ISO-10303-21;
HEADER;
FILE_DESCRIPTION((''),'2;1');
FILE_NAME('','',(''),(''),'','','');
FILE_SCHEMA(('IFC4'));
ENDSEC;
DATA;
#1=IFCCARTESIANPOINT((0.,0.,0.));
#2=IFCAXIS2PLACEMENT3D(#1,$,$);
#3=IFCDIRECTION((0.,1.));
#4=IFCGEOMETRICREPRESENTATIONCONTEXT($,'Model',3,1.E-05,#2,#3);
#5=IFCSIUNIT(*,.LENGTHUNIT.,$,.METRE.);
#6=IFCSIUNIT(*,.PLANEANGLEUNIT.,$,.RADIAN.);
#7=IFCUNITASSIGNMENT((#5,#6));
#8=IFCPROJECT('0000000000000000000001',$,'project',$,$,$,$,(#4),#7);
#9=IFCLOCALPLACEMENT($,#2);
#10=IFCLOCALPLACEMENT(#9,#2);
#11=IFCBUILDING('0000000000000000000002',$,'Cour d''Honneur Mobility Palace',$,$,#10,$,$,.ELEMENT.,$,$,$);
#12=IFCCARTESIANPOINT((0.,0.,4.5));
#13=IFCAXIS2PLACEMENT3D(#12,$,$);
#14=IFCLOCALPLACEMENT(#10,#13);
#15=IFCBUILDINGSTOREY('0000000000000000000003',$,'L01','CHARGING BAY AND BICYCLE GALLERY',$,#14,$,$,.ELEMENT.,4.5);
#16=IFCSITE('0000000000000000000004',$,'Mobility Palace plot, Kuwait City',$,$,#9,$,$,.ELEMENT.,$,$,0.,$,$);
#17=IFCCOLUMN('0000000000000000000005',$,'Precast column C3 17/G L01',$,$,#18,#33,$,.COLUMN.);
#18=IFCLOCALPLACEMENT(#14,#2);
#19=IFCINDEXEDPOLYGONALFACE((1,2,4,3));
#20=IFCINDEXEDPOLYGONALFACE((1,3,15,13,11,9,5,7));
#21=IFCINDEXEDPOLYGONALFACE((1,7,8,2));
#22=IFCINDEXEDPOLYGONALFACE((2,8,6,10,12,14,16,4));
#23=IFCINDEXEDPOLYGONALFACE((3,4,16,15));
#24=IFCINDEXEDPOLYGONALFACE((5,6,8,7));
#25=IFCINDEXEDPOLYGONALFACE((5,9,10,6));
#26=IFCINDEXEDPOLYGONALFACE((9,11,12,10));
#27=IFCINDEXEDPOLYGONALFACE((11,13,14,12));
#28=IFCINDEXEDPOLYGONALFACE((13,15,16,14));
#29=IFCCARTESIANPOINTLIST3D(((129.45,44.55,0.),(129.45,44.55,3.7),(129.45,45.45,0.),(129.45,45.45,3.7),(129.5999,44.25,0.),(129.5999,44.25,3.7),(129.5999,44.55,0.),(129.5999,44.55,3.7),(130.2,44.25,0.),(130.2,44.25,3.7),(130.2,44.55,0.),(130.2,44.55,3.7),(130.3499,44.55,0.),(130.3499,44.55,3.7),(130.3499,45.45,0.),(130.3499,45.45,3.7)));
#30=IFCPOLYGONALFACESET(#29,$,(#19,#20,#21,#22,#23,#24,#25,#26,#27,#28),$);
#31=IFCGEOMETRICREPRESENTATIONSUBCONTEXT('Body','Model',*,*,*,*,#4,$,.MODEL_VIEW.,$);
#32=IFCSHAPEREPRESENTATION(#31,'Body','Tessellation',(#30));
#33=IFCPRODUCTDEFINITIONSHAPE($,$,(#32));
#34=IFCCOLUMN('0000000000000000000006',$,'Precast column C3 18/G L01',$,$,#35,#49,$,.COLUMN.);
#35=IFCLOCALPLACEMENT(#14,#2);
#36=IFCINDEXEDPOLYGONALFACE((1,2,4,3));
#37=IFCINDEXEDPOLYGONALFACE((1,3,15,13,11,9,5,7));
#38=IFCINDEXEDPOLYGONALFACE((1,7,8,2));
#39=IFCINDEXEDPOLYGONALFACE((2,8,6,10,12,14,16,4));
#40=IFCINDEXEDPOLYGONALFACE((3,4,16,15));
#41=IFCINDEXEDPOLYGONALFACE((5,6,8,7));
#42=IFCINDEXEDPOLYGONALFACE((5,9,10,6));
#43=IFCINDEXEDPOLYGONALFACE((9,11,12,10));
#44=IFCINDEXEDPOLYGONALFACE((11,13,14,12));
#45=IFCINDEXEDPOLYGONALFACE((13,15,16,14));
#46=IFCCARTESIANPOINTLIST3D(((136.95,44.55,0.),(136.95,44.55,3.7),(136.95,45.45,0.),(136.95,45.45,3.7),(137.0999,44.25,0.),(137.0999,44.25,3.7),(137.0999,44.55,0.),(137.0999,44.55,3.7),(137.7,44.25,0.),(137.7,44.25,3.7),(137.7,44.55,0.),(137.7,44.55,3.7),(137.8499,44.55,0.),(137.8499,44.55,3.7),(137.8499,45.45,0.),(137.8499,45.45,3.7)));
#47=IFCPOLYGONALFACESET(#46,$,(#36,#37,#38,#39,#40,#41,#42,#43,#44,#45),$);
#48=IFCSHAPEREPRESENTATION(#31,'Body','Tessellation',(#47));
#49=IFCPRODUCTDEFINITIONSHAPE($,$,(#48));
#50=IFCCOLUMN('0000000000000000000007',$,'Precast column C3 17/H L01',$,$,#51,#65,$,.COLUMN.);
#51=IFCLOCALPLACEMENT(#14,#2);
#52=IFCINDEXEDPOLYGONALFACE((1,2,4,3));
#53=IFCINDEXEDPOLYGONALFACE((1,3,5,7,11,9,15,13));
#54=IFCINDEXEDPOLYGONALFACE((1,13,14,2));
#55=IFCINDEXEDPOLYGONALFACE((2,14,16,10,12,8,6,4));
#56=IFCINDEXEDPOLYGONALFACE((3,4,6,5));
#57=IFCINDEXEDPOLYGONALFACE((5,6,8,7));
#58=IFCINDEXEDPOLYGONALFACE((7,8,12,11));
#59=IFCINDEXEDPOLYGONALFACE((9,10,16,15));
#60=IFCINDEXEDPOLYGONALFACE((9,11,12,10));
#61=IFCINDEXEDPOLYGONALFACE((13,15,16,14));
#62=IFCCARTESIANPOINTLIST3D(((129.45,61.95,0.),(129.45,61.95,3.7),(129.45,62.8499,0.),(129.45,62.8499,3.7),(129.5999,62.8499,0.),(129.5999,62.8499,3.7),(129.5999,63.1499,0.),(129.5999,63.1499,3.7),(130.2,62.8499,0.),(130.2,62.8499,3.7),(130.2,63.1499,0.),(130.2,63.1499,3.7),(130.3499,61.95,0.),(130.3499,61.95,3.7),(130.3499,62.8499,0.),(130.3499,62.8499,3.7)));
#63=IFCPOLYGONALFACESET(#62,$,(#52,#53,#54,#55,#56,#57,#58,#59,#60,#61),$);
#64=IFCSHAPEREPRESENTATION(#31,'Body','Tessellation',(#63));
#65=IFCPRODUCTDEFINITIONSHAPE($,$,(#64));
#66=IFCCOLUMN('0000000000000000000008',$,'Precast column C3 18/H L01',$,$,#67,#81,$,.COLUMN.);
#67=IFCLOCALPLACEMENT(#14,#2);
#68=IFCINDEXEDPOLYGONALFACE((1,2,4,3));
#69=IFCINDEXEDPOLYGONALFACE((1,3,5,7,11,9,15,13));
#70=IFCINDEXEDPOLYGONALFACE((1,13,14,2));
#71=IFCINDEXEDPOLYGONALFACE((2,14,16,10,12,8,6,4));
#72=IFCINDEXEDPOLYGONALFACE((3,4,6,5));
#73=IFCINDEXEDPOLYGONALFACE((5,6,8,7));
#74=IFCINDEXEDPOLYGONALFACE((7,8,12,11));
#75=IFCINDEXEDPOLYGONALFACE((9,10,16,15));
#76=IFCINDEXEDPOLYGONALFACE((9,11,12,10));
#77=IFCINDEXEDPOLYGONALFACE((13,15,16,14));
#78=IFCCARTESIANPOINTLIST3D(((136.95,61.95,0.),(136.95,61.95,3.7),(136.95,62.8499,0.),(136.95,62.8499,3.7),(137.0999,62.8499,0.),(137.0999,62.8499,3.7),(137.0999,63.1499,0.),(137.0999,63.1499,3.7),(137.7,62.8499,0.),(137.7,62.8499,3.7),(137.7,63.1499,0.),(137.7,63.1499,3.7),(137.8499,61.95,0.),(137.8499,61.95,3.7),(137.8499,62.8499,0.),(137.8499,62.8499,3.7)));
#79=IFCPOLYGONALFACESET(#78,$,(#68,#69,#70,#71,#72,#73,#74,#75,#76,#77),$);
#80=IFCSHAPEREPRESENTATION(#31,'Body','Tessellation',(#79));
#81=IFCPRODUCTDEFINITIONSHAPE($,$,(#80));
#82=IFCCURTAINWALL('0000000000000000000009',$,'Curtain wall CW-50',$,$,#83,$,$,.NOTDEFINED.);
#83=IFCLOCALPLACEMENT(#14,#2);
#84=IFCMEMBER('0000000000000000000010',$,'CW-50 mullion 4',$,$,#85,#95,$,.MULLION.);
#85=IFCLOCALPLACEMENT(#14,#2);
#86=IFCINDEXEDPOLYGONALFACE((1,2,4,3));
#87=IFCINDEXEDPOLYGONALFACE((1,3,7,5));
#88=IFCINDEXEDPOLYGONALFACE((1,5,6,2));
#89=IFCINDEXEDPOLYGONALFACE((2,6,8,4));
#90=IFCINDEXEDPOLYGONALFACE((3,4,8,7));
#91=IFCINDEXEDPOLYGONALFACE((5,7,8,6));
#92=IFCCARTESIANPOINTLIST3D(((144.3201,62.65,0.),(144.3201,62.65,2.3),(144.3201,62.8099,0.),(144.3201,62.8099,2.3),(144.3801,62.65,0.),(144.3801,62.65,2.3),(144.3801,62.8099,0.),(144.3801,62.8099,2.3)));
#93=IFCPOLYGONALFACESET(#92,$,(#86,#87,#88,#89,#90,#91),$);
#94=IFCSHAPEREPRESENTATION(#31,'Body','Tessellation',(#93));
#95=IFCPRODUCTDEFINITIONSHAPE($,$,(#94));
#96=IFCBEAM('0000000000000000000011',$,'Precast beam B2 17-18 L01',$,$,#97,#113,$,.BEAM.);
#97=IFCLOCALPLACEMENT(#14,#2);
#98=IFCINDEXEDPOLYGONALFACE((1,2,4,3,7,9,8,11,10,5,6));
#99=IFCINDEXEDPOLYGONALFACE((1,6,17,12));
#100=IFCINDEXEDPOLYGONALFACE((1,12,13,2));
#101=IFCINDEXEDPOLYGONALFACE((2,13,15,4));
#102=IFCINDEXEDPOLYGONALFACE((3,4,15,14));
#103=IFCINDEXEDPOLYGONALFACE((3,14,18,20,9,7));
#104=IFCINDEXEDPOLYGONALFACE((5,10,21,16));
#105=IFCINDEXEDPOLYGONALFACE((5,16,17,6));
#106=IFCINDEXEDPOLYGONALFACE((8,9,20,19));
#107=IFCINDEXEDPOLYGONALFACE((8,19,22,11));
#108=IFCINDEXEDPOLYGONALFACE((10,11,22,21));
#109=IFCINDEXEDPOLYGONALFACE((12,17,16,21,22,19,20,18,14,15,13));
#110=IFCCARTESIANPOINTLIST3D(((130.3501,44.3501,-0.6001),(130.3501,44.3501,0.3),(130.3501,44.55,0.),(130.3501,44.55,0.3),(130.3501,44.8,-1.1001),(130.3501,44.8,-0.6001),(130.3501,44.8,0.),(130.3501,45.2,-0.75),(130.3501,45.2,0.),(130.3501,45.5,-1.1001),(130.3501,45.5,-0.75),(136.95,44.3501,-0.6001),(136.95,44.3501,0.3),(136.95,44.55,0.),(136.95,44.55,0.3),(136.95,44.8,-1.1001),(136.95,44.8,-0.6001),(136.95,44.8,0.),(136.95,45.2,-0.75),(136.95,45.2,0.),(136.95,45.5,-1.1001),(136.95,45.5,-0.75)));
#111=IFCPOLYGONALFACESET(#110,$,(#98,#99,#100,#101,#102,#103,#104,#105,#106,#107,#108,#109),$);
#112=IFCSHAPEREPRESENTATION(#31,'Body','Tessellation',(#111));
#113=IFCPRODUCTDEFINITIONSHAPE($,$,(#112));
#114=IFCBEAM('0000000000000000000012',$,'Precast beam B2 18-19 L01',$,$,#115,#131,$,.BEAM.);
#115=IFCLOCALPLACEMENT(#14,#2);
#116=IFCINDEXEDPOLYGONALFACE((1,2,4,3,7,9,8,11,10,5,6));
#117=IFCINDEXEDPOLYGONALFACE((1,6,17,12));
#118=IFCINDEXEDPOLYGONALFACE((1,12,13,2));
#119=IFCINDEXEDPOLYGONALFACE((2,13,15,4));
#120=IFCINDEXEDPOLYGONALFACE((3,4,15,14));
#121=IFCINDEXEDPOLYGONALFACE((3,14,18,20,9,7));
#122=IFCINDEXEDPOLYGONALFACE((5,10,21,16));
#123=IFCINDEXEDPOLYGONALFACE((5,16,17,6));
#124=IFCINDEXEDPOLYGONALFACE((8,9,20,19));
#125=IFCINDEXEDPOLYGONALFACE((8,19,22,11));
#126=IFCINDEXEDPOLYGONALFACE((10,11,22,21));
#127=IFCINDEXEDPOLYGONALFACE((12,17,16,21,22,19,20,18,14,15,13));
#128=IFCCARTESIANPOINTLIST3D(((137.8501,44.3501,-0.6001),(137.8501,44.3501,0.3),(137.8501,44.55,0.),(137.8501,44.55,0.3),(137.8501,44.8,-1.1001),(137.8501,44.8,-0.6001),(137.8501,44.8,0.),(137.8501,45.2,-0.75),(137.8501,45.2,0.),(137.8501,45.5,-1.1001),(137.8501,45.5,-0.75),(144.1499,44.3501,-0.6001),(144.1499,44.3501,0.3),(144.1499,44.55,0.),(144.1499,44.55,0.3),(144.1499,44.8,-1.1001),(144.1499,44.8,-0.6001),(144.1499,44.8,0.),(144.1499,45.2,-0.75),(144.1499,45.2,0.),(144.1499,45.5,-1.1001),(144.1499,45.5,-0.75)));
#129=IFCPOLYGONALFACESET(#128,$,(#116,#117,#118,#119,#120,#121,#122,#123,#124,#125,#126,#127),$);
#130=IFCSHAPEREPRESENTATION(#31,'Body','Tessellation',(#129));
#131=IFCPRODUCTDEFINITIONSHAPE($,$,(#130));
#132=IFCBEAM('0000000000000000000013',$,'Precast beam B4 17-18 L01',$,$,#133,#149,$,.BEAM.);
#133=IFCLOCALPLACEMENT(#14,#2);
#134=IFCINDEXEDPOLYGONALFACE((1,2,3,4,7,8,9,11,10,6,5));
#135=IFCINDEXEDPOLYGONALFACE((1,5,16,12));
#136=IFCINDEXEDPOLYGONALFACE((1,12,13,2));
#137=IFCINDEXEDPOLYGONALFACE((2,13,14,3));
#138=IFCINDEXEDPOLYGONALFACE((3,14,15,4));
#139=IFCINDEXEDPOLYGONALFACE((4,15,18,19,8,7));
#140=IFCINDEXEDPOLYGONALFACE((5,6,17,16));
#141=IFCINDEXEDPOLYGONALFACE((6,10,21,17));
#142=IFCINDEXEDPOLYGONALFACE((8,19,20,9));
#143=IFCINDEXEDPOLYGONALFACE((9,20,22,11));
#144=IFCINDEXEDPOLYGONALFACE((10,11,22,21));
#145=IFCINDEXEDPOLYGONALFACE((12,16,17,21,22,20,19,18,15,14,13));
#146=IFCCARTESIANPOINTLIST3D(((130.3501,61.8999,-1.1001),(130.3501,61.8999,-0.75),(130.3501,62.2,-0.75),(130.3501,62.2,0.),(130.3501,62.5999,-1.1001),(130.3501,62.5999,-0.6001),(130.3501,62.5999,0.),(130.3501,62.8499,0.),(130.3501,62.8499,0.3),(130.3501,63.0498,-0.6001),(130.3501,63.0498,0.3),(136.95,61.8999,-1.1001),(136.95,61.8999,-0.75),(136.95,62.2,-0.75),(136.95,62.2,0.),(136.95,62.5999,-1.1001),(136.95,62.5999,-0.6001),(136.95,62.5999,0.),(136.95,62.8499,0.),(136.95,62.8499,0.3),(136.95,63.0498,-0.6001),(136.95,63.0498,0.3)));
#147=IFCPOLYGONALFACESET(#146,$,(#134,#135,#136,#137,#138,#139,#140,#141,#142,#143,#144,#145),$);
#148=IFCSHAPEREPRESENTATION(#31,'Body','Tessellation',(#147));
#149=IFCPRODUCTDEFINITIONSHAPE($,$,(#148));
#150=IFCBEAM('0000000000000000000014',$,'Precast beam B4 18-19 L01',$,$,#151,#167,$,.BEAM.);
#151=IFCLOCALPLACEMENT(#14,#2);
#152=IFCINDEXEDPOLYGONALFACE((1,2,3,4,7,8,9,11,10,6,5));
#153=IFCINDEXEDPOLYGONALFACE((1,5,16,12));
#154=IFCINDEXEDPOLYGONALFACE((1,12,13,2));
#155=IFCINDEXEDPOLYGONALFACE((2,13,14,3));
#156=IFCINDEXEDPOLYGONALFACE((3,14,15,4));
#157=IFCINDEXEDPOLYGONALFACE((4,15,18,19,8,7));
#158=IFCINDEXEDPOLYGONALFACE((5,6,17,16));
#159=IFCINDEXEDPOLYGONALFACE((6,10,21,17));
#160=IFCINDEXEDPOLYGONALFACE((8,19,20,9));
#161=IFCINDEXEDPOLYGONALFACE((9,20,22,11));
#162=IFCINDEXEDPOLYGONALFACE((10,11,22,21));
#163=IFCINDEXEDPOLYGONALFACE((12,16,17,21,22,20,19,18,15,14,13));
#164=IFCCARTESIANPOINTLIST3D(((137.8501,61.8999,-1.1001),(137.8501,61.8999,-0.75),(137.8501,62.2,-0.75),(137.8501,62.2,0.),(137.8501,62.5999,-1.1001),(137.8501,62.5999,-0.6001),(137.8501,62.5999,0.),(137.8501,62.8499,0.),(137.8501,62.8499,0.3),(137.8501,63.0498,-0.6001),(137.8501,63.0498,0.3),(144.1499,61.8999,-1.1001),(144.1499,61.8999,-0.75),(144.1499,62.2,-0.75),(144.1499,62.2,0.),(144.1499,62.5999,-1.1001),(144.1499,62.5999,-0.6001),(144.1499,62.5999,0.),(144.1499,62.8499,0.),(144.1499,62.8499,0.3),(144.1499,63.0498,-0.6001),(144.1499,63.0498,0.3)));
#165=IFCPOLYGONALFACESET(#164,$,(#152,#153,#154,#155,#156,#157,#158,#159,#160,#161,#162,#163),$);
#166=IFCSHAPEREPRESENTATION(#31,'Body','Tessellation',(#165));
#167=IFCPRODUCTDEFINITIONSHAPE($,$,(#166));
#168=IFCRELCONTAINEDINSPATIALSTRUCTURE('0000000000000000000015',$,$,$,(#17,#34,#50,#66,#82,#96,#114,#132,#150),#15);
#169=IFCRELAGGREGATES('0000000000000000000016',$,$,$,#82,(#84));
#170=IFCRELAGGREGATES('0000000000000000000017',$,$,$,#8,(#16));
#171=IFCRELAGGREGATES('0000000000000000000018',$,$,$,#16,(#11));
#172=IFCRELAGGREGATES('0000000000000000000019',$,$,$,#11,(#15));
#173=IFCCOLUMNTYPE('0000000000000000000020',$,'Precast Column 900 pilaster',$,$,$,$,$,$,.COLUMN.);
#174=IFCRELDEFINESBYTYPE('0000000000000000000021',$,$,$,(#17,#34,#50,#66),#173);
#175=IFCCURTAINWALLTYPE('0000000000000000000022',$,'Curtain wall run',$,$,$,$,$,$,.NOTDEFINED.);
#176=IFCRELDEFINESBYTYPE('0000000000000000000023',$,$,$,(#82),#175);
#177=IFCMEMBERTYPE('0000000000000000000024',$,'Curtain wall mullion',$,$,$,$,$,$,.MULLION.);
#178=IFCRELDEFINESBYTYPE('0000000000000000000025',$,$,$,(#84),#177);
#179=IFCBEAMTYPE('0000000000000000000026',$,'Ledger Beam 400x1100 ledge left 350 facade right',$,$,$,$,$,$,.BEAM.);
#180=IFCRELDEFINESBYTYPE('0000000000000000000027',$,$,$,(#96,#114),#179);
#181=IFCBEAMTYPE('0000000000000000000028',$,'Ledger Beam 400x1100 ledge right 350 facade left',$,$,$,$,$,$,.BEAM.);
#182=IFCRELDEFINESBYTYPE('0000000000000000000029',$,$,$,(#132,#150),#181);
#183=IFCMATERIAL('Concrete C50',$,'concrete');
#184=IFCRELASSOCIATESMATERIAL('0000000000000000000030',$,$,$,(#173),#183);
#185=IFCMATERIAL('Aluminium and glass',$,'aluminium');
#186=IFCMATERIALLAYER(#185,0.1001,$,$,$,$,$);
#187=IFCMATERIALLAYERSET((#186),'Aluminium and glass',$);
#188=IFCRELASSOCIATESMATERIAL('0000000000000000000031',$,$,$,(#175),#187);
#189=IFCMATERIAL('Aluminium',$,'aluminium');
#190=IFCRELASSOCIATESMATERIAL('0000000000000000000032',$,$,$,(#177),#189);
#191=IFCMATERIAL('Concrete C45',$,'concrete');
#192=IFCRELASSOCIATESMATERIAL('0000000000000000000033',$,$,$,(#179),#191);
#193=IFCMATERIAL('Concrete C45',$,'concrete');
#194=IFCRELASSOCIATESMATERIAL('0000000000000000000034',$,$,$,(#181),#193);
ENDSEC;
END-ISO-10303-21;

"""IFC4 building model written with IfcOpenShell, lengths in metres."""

from ifc_helpers import new_model, si_unit, direction, frame, origin, origin_2d, place, context, subcontext, project, spatial, polyline, rectangle, outline, extrude, material, layer, layer_set, material_profile, profile_set, type_object, element, aggregate, save


model = new_model("IFC4")

# Units and contexts
model_context = context("Model", 3, precision=1e-05, world=origin(), true_north=direction((0.0, 1.0)))
body_context = subcontext(model_context, "Body", "Model", "MODEL_VIEW")
ifc_project = project(units=[si_unit("LENGTHUNIT", "METRE"), si_unit("PLANEANGLEUNIT", "RADIAN")], contexts=[model_context])

# Site, building, storey
site_placement = place(None, origin())
site = spatial("IfcSite", under=ifc_project, at=site_placement, Name="Mobility Palace plot, Kuwait City", CompositionType="ELEMENT", RefElevation=0.0)
building_placement = place(site_placement, origin())
building = spatial("IfcBuilding", under=site, at=building_placement, Name="Cour d'Honneur Mobility Palace", CompositionType="ELEMENT")
storey_placement = place(building_placement, frame((0.0, 0.0, 4.5)))
storey = spatial("IfcBuildingStorey", under=building, at=storey_placement, Name="L01", Description="CHARGING BAY AND BICYCLE GALLERY", CompositionType="ELEMENT", Elevation=4.5)

# Columns
ifc_material_1 = material(Name="Concrete C50", Category="concrete")
ifc_material_profile_1 = material_profile(ifc_material_1, outline(polyline([(-0.45, -0.45), (0.45, -0.45), (0.45, -0.3), (0.75, -0.3), (0.75, 0.3), (0.45, 0.3), (0.45, 0.45), (-0.45, 0.45), (-0.45, -0.45)])), Name="PC C900 pilaster")
ifc_profile_set_1 = profile_set([ifc_material_profile_1], Name="Concrete C50")
column_type = type_object("IfcColumnType", Name="Precast Column 900 pilaster", PredefinedType="COLUMN", material=ifc_profile_set_1)
for number, where, z_axis, x_axis, name in (
    (1, (129.8999, 45.0, 0.0), (0.0, 0.0, 1.0), (0.0, -1.0, 0.0), "Precast column C3 17/G L01"),
    (2, (137.3999, 45.0, 0.0), (0.0, 0.0, 1.0), (0.0, -1.0, 0.0), "Precast column C3 18/G L01"),
    (3, (129.8999, 62.3999, 0.0), (0.0, 0.0, 1.0), (0.0, 1.0, 0.0), "Precast column C3 17/H L01"),
    (4, (137.3999, 62.3999, 0.0), (0.0, 0.0, 1.0), (0.0, 1.0, 0.0), "Precast column C3 18/H L01"),
):
    element("IfcColumn", number, at=place(storey_placement, frame(where, z_axis=z_axis, x_axis=x_axis)), inside=storey, type_object=column_type, Name=name, PredefinedType="COLUMN", context=body_context, shape_type="SweptSolid", body=[
        extrude(outline(polyline([(-0.45, -0.45), (0.45, -0.45), (0.45, -0.3), (0.75, -0.3), (0.75, 0.3), (0.45, 0.3), (0.45, 0.45), (-0.45, 0.45), (-0.45, -0.45)])), origin(), (0.0, 0.0, 1.0), 3.7),
    ])

# Curtain wall, member
ifc_material_2 = material(Name="Aluminium and glass", Category="aluminium")
ifc_layer_1 = layer(ifc_material_2, 0.1001)
ifc_layer_set_1 = layer_set([ifc_layer_1], Name="Aluminium and glass")
curtain_wall_type = type_object("IfcCurtainWallType", Name="Curtain wall run", PredefinedType="NOTDEFINED", material=ifc_layer_set_1)
curtain_wall_placement = place(storey_placement, origin())
curtain_wall = element("IfcCurtainWall", 5, at=curtain_wall_placement, inside=storey, type_object=curtain_wall_type, Name="Curtain wall CW-50", PredefinedType="NOTDEFINED")
ifc_material_3 = material(Name="Aluminium", Category="aluminium")
ifc_material_profile_2 = material_profile(ifc_material_3, rectangle(XDim=0.0601, YDim=0.1599, at=origin_2d()), Name="Curtain wall mullion")
ifc_profile_set_2 = profile_set([ifc_material_profile_2], Name="Aluminium")
member_type = type_object("IfcMemberType", Name="Curtain wall mullion", PredefinedType="MULLION", material=ifc_profile_set_2)
member_placement = place(storey_placement, frame((144.3501, 62.73, 0.0), z_axis=(0.0, 0.0, 1.0), x_axis=(1.0, 0.0, 0.0)))
member = element("IfcMember", 6, at=member_placement, type_object=member_type, Name="CW-50 mullion 4", PredefinedType="MULLION", context=body_context, shape_type="SweptSolid", body=[
    extrude(rectangle(XDim=0.0601, YDim=0.1599, at=origin_2d()), origin(), (0.0, 0.0, 1.0), 2.3),
])
aggregate(curtain_wall, [member])

# Beams
ifc_material_4 = material(Name="Concrete C45", Category="concrete")
ifc_material_profile_3 = material_profile(ifc_material_4, outline(polyline([(0.5, -1.1001), (0.5, -0.75), (0.2, -0.75), (0.2, 0.0), (-0.2, 0.0), (-0.45, 0.0), (-0.45, 0.3), (-0.6499, 0.3), (-0.6499, -0.6001), (-0.2, -0.6001), (-0.2, -1.1001), (0.5, -1.1001)])), Name="Ledger Beam 400x1100 ledge left 350 facade right")
ifc_profile_set_3 = profile_set([ifc_material_profile_3], Name="Concrete C45")
beam_type_1 = type_object("IfcBeamType", Name="Ledger Beam 400x1100 ledge left 350 facade right", PredefinedType="BEAM", material=ifc_profile_set_3)
beam_1_placement = place(storey_placement, frame((130.3501, 45.0, 0.0), z_axis=(1.0, 0.0, 0.0), x_axis=(0.0, 1.0, 0.0)))
element("IfcBeam", 7, at=beam_1_placement, inside=storey, type_object=beam_type_1, Name="Precast beam B2 17-18 L01", PredefinedType="BEAM", context=body_context, shape_type="SweptSolid", body=[
    extrude(outline(polyline([(0.5, -1.1001), (0.5, -0.75), (0.2, -0.75), (0.2, 0.0), (-0.2, 0.0), (-0.45, 0.0), (-0.45, 0.3), (-0.6499, 0.3), (-0.6499, -0.6001), (-0.2, -0.6001), (-0.2, -1.1001), (0.5, -1.1001)])), origin(), (0.0, 0.0, 1.0), 6.5999),
])
beam_2_placement = place(storey_placement, frame((137.8501, 45.0, 0.0), z_axis=(1.0, 0.0, 0.0), x_axis=(0.0, 1.0, 0.0)))
element("IfcBeam", 8, at=beam_2_placement, inside=storey, type_object=beam_type_1, Name="Precast beam B2 18-19 L01", PredefinedType="BEAM", context=body_context, shape_type="SweptSolid", body=[
    extrude(outline(polyline([(0.5, -1.1001), (0.5, -0.75), (0.2, -0.75), (0.2, 0.0), (-0.2, 0.0), (-0.45, 0.0), (-0.45, 0.3), (-0.6499, 0.3), (-0.6499, -0.6001), (-0.2, -0.6001), (-0.2, -1.1001), (0.5, -1.1001)])), origin(), (0.0, 0.0, 1.0), 6.2998),
])
ifc_material_5 = material(Name="Concrete C45", Category="concrete")
ifc_material_profile_4 = material_profile(ifc_material_5, outline(polyline([(0.2, -1.1001), (0.2, -0.6001), (0.6499, -0.6001), (0.6499, 0.3), (0.45, 0.3), (0.45, 0.0), (0.2, 0.0), (-0.2, 0.0), (-0.2, -0.75), (-0.5, -0.75), (-0.5, -1.1001), (0.2, -1.1001)])), Name="Ledger Beam 400x1100 ledge right 350 facade left")
ifc_profile_set_4 = profile_set([ifc_material_profile_4], Name="Concrete C45")
beam_type_2 = type_object("IfcBeamType", Name="Ledger Beam 400x1100 ledge right 350 facade left", PredefinedType="BEAM", material=ifc_profile_set_4)
beam_3_placement = place(storey_placement, frame((130.3501, 62.3999, 0.0), z_axis=(1.0, 0.0, 0.0), x_axis=(0.0, 1.0, 0.0)))
element("IfcBeam", 9, at=beam_3_placement, inside=storey, type_object=beam_type_2, Name="Precast beam B4 17-18 L01", PredefinedType="BEAM", context=body_context, shape_type="SweptSolid", body=[
    extrude(outline(polyline([(0.2, -1.1001), (0.2, -0.6001), (0.6499, -0.6001), (0.6499, 0.3), (0.45, 0.3), (0.45, 0.0), (0.2, 0.0), (-0.2, 0.0), (-0.2, -0.75), (-0.5, -0.75), (-0.5, -1.1001), (0.2, -1.1001)])), origin(), (0.0, 0.0, 1.0), 6.5999),
])
beam_4_placement = place(storey_placement, frame((137.8501, 62.3999, 0.0), z_axis=(1.0, 0.0, 0.0), x_axis=(0.0, 1.0, 0.0)))
element("IfcBeam", 10, at=beam_4_placement, inside=storey, type_object=beam_type_2, Name="Precast beam B4 18-19 L01", PredefinedType="BEAM", context=body_context, shape_type="SweptSolid", body=[
    extrude(outline(polyline([(0.2, -1.1001), (0.2, -0.6001), (0.6499, -0.6001), (0.6499, 0.3), (0.45, 0.3), (0.45, 0.0), (0.2, 0.0), (-0.2, 0.0), (-0.2, -0.75), (-0.5, -0.75), (-0.5, -1.1001), (0.2, -1.1001)])), origin(), (0.0, 0.0, 1.0), 6.2998),
])

save(model, "model.ifc")
